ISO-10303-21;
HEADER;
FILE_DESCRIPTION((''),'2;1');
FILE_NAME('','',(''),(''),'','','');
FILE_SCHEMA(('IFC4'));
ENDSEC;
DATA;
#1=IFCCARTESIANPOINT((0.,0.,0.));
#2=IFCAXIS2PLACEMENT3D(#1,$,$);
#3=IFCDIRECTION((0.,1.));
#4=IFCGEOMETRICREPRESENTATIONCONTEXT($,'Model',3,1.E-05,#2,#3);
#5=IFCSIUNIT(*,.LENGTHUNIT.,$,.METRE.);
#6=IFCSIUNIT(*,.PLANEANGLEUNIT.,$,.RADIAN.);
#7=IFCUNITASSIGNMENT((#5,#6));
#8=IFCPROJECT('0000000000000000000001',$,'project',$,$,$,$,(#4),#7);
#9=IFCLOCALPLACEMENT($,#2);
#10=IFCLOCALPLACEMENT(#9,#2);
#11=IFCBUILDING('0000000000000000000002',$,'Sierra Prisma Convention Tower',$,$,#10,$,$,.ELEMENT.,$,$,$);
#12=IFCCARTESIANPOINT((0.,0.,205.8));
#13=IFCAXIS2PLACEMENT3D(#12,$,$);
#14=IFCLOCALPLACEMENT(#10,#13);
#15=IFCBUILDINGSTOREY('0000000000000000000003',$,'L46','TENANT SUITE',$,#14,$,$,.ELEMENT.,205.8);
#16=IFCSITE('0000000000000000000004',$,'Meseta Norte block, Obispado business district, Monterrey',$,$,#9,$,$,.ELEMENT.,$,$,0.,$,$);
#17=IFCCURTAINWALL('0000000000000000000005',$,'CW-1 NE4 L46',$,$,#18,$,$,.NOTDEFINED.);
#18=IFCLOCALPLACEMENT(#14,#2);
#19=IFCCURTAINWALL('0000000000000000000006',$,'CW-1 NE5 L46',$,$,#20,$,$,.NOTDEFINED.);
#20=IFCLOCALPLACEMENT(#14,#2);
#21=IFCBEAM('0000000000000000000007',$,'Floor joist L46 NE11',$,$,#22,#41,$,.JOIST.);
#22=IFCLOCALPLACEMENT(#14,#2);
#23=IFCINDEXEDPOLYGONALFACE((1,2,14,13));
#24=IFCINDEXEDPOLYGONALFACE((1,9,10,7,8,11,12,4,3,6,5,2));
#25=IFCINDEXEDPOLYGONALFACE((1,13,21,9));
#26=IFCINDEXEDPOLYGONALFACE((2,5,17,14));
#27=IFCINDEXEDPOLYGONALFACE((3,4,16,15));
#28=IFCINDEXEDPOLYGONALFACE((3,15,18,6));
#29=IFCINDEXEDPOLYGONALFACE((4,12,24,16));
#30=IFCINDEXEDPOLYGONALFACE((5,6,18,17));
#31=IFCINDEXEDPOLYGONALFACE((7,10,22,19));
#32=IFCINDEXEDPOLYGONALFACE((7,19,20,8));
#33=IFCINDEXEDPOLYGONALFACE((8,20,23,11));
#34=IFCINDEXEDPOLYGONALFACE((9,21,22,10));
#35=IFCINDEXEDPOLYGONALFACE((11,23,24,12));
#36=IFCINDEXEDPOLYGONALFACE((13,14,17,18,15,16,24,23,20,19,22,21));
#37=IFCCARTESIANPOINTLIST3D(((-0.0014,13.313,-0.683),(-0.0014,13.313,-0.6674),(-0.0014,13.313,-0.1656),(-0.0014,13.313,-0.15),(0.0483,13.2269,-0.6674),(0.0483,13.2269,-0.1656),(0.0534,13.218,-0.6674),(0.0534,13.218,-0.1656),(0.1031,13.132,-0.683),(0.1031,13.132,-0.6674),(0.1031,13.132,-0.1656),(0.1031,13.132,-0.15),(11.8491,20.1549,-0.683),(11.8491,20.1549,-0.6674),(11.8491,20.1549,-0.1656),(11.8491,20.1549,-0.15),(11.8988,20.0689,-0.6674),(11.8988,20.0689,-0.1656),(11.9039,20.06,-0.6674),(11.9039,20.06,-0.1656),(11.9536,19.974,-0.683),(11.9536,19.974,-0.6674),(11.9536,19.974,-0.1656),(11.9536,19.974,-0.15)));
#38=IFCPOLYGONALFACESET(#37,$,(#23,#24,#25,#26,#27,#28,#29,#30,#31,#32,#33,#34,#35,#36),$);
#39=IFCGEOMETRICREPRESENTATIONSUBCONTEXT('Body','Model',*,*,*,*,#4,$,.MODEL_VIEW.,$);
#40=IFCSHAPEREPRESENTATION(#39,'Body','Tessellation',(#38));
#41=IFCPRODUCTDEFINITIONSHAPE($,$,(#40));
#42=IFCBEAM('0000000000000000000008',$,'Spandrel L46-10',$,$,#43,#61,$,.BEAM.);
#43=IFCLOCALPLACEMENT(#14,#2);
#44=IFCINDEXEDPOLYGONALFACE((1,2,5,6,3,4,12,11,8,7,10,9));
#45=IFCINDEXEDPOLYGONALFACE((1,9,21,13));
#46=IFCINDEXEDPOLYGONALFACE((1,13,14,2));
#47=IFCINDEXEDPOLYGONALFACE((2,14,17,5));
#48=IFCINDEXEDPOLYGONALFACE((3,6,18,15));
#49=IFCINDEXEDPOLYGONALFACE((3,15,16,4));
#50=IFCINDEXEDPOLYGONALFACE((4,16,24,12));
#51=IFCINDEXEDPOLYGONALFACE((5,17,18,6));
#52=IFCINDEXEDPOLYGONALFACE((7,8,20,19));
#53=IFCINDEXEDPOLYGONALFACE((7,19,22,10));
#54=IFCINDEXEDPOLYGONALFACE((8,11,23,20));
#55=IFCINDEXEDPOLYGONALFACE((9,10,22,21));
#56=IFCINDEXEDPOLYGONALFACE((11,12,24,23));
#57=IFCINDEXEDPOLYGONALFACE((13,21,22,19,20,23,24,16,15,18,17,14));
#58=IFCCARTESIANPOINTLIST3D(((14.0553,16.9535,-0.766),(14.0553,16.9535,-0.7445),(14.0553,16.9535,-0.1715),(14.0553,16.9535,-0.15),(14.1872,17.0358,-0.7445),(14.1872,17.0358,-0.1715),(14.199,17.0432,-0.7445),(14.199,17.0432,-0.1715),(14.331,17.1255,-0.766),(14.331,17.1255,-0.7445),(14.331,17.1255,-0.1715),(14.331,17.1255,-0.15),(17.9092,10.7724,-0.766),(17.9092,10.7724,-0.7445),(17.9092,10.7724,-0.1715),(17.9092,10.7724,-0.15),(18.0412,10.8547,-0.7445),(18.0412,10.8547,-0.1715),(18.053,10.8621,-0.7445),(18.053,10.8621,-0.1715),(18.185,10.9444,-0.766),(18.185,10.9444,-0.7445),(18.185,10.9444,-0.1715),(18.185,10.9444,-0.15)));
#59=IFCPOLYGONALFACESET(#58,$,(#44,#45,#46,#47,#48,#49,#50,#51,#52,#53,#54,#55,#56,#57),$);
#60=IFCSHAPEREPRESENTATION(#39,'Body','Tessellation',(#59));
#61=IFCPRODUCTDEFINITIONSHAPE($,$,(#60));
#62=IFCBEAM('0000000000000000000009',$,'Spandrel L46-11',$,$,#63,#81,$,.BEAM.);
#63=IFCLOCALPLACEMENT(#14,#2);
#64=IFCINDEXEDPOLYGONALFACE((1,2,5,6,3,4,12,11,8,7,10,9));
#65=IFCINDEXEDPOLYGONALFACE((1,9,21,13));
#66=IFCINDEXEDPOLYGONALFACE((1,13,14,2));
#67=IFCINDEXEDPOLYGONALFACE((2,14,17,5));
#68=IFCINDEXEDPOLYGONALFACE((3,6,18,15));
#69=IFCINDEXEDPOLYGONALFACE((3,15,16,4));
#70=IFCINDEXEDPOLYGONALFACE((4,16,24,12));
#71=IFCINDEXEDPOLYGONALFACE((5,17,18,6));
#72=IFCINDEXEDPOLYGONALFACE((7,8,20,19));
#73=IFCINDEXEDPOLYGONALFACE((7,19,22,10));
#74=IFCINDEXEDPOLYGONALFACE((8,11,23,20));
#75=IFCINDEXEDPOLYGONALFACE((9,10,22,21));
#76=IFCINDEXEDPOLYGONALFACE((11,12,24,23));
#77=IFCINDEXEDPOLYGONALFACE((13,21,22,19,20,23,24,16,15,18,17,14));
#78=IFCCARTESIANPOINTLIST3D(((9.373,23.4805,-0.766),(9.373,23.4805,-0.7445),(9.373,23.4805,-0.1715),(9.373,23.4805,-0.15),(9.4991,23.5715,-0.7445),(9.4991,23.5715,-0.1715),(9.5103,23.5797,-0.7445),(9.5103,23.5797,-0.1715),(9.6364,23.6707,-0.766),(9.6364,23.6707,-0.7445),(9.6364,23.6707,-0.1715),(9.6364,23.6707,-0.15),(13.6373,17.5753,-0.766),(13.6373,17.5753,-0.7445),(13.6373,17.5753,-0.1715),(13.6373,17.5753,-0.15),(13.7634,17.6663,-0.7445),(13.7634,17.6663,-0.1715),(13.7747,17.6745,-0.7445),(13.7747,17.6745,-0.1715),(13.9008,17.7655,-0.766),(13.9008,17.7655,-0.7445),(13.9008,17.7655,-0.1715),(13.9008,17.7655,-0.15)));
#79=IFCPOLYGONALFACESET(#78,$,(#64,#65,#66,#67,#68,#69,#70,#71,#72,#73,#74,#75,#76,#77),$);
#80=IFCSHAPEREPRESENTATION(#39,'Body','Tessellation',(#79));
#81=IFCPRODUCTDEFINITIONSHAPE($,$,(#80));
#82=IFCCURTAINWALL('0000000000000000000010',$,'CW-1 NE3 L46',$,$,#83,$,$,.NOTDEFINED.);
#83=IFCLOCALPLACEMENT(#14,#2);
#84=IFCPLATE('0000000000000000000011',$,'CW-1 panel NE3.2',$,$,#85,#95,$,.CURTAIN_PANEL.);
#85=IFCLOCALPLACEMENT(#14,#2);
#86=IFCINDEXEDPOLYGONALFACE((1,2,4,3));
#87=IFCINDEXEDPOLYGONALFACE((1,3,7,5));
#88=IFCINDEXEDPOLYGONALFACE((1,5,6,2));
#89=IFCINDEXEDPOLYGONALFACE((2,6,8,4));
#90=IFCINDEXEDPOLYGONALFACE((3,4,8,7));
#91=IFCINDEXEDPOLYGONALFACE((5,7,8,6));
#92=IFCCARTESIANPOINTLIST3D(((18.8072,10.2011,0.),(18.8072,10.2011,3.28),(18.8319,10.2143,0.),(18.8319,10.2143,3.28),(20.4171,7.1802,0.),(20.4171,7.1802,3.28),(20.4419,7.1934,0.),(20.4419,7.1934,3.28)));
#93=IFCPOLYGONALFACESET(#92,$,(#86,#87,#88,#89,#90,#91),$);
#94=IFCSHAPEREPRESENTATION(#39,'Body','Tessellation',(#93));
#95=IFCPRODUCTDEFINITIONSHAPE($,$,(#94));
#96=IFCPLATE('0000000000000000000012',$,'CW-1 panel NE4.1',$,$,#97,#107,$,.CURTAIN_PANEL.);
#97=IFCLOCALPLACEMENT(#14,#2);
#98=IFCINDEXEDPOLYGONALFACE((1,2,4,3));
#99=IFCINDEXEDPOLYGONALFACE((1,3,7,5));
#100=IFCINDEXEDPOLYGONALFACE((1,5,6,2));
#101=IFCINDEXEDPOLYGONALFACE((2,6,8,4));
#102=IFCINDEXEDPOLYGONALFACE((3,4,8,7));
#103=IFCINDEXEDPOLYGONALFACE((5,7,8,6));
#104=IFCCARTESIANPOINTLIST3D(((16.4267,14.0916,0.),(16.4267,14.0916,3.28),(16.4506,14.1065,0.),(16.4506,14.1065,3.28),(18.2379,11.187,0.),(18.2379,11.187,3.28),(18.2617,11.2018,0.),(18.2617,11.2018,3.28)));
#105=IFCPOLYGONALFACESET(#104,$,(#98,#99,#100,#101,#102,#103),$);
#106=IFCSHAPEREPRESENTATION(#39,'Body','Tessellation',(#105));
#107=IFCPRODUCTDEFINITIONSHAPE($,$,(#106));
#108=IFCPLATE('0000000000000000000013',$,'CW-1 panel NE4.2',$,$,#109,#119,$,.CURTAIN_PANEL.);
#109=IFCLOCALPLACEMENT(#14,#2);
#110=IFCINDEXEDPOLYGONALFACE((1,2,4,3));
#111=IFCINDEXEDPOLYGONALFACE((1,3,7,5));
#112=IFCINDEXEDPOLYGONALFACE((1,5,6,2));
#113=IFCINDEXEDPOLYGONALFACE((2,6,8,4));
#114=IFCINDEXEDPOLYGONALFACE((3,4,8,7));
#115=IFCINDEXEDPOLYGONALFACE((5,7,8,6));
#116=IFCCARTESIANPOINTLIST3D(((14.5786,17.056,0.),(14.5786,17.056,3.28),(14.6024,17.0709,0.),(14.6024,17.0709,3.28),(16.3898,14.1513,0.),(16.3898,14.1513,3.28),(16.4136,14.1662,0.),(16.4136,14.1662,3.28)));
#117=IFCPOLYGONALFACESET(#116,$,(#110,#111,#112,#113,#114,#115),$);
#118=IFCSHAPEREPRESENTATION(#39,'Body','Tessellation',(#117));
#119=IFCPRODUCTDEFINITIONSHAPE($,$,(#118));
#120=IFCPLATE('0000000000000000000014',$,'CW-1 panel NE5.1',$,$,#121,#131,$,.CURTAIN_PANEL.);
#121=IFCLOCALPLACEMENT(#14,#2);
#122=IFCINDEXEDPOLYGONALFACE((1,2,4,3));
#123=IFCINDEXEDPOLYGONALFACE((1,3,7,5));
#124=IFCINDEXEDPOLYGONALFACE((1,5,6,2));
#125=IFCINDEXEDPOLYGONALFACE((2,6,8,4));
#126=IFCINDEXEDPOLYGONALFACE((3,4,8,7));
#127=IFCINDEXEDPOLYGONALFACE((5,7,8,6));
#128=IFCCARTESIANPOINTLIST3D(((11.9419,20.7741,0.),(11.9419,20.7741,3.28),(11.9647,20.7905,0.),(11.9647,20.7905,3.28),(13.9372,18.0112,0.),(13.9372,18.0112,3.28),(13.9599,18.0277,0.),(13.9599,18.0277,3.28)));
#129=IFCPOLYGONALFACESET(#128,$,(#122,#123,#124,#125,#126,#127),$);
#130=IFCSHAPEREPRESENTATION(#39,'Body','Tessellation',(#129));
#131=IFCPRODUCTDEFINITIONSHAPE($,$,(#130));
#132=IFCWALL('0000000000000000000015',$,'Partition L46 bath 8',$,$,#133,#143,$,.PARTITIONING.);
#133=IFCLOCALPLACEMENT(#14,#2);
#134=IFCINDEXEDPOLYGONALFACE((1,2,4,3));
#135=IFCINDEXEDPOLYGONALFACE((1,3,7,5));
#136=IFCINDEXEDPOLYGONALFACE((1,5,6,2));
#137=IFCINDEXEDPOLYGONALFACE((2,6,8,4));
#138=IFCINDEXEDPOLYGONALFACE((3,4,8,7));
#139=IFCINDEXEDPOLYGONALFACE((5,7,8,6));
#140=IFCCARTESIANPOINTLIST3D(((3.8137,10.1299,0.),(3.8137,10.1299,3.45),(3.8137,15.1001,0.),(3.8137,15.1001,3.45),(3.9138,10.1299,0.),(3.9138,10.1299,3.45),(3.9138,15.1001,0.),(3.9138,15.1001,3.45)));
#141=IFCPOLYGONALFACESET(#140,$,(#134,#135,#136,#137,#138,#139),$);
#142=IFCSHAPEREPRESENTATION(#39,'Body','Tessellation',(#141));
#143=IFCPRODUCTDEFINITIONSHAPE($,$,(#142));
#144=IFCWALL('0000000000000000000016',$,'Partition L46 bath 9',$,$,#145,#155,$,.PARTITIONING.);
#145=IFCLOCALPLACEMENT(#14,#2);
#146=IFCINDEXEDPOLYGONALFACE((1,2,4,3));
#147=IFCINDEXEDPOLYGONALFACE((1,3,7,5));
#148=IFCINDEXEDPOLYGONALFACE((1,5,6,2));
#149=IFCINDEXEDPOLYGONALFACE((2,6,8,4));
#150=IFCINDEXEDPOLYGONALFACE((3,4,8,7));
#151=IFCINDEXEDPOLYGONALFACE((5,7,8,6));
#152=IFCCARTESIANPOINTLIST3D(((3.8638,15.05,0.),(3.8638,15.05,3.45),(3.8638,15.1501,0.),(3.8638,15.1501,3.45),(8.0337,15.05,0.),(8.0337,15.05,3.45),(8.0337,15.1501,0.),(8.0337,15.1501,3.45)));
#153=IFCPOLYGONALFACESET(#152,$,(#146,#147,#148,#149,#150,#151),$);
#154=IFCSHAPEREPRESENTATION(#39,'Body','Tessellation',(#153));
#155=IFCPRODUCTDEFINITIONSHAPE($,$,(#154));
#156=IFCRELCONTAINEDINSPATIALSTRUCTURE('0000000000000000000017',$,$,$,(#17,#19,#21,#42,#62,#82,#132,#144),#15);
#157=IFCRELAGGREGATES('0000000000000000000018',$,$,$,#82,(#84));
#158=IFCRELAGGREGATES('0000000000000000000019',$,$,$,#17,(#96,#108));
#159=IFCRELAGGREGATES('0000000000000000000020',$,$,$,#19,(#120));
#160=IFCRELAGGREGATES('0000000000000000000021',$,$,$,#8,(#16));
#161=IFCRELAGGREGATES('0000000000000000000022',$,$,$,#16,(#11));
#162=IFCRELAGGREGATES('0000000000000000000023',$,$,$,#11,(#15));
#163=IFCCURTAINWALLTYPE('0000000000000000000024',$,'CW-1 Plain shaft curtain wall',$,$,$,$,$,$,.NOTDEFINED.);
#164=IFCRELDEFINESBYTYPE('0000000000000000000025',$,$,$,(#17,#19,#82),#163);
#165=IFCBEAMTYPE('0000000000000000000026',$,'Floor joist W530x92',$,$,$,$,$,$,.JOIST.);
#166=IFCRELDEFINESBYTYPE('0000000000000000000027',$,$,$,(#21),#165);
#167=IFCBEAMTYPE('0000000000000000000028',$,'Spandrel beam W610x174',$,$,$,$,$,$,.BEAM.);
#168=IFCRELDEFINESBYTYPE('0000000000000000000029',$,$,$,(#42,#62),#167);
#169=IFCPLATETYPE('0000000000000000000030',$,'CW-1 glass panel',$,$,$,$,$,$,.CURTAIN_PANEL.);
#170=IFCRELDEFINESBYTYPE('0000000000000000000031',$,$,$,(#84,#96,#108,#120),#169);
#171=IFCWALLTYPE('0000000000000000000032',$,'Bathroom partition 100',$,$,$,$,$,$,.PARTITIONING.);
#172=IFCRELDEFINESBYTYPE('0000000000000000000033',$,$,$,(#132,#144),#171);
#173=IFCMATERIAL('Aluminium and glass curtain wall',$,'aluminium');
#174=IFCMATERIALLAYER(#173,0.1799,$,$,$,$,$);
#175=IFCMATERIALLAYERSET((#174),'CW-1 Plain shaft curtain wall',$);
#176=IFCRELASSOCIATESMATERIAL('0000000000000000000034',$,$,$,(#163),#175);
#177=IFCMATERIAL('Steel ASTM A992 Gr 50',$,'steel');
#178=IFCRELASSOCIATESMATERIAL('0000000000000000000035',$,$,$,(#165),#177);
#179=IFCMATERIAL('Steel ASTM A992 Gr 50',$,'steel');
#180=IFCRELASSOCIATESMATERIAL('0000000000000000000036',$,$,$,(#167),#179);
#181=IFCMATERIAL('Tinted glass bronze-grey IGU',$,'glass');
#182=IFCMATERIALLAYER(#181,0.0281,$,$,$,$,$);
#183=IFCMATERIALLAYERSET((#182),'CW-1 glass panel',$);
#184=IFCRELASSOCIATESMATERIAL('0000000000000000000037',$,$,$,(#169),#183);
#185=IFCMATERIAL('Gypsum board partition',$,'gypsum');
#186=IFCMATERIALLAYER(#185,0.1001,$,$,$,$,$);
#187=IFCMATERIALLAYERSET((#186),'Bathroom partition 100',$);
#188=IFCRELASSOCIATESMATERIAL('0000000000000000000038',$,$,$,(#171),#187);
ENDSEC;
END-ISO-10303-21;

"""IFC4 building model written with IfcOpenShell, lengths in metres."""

from ifc_helpers import new_model, si_unit, direction, frame, frame_2d, origin, origin_2d, place, context, subcontext, project, spatial, rectangle, i_section, extrude, material, layer, layer_set, material_profile, profile_set, type_object, element, aggregate, save


model = new_model("IFC4")

# Units and contexts
model_context = context("Model", 3, precision=1e-05, world=origin(), true_north=direction((0.0, 1.0)))
body_context = subcontext(model_context, "Body", "Model", "MODEL_VIEW")
ifc_project = project(units=[si_unit("LENGTHUNIT", "METRE"), si_unit("PLANEANGLEUNIT", "RADIAN")], contexts=[model_context])

# Site, building, storey
site_placement = place(None, origin())
site = spatial("IfcSite", under=ifc_project, at=site_placement, Name="Meseta Norte block, Obispado business district, Monterrey", CompositionType="ELEMENT", RefElevation=0.0)
building_placement = place(site_placement, origin())
building = spatial("IfcBuilding", under=site, at=building_placement, Name="Sierra Prisma Convention Tower", CompositionType="ELEMENT")
storey_placement = place(building_placement, frame((0.0, 0.0, 205.8)))
storey = spatial("IfcBuildingStorey", under=building, at=storey_placement, Name="L46", Description="TENANT SUITE", CompositionType="ELEMENT", Elevation=205.8)

# Curtain wall
ifc_material_1 = material(Name="Aluminium and glass curtain wall", Category="aluminium")
ifc_layer_1 = layer(ifc_material_1, 0.1799)
ifc_layer_set_1 = layer_set([ifc_layer_1], Name="CW-1 Plain shaft curtain wall")
curtain_wall_type = type_object("IfcCurtainWallType", Name="CW-1 Plain shaft curtain wall", PredefinedType="NOTDEFINED", material=ifc_layer_set_1)
curtain_wall_1_placement = place(storey_placement, origin())
curtain_wall_1 = element("IfcCurtainWall", 1, at=curtain_wall_1_placement, inside=storey, type_object=curtain_wall_type, Name="CW-1 NE4 L46", PredefinedType="NOTDEFINED")

# Curtain wall
curtain_wall_2_placement = place(storey_placement, origin())
curtain_wall_2 = element("IfcCurtainWall", 2, at=curtain_wall_2_placement, inside=storey, type_object=curtain_wall_type, Name="CW-1 NE5 L46", PredefinedType="NOTDEFINED")

# Beams
ifc_material_2 = material(Name="Steel ASTM A992 Gr 50", Category="steel")
ifc_material_profile_1 = material_profile(ifc_material_2, i_section(OverallWidth=0.209, OverallDepth=0.533, WebThickness=0.0103, FlangeThickness=0.0156, at=origin_2d()), Name="W530x92")
ifc_profile_set_1 = profile_set([ifc_material_profile_1], Name="Steel ASTM A992 Gr 50")
beam_type_1 = type_object("IfcBeamType", Name="Floor joist W530x92", PredefinedType="JOIST", material=ifc_profile_set_1)
beam_1_placement = place(storey_placement, frame((11.9014, 20.0645, -0.4165), z_axis=(-0.866022, -0.500006, 0.0), x_axis=(0.500006, -0.866022, 0.0)))
element("IfcBeam", 3, at=beam_1_placement, inside=storey, type_object=beam_type_1, Name="Floor joist L46 NE11", PredefinedType="JOIST", context=body_context, shape_type="SweptSolid", body=[
    extrude(i_section(OverallWidth=0.209, OverallDepth=0.533, WebThickness=0.0103, FlangeThickness=0.0156, at=origin_2d()), origin(), (0.0, 0.0, 1.0), 13.6838),
])
ifc_material_3 = material(Name="Steel ASTM A992 Gr 50", Category="steel")
ifc_material_profile_2 = material_profile(ifc_material_3, i_section(OverallWidth=0.325, OverallDepth=0.616, WebThickness=0.0139, FlangeThickness=0.0215, at=origin_2d()), Name="W610x174")
ifc_profile_set_2 = profile_set([ifc_material_profile_2], Name="Steel ASTM A992 Gr 50")
beam_type_2 = type_object("IfcBeamType", Name="Spandrel beam W610x174", PredefinedType="BEAM", material=ifc_profile_set_2)
beam_2_placement = place(storey_placement, frame((18.0471, 10.8584, -0.458), z_axis=(-0.529089, 0.848566, 0.0), x_axis=(-0.848566, -0.529089, 0.0)))
element("IfcBeam", 4, at=beam_2_placement, inside=storey, type_object=beam_type_2, Name="Spandrel L46-10", PredefinedType="BEAM", context=body_context, shape_type="SweptSolid", body=[
    extrude(i_section(OverallWidth=0.325, OverallDepth=0.616, WebThickness=0.0139, FlangeThickness=0.0215, at=origin_2d()), origin(), (0.0, 0.0, 1.0), 7.2842),
])
beam_3_placement = place(storey_placement, frame((13.769, 17.6704, -0.458), z_axis=(-0.585444, 0.810713, 0.0), x_axis=(-0.810713, -0.585444, 0.0)))
element("IfcBeam", 5, at=beam_3_placement, inside=storey, type_object=beam_type_2, Name="Spandrel L46-11", PredefinedType="BEAM", context=body_context, shape_type="SweptSolid", body=[
    extrude(i_section(OverallWidth=0.325, OverallDepth=0.616, WebThickness=0.0139, FlangeThickness=0.0215, at=origin_2d()), origin(), (0.0, 0.0, 1.0), 7.2839),
])

# Curtain wall, plate
curtain_wall_3_placement = place(storey_placement, origin())
curtain_wall_3 = element("IfcCurtainWall", 6, at=curtain_wall_3_placement, inside=storey, type_object=curtain_wall_type, Name="CW-1 NE3 L46", PredefinedType="NOTDEFINED")
ifc_material_4 = material(Name="Tinted glass bronze-grey IGU", Category="glass")
ifc_layer_2 = layer(ifc_material_4, 0.0281)
ifc_layer_set_2 = layer_set([ifc_layer_2], Name="CW-1 glass panel")
plate_type = type_object("IfcPlateType", Name="CW-1 glass panel", PredefinedType="CURTAIN_PANEL", material=ifc_layer_set_2)
plate_1_placement = place(storey_placement, frame((19.6245, 8.6973, 0.0), z_axis=(0.0, 0.0, 1.0), x_axis=(-0.470316, 0.882498, 0.0)))
plate_1 = element("IfcPlate", 7, at=plate_1_placement, type_object=plate_type, Name="CW-1 panel NE3.2", PredefinedType="CURTAIN_PANEL", context=body_context, shape_type="SweptSolid", body=[
    extrude(rectangle(XDim=3.4231, YDim=0.0281, at=origin_2d()), origin(), (0.0, 0.0, 1.0), 3.28),
])
aggregate(curtain_wall_3, [plate_1])

# Plates
plate_2_placement = place(storey_placement, frame((17.3442, 12.6467, 0.0), z_axis=(0.0, 0.0, 1.0), x_axis=(-0.529107, 0.848555, 0.0)))
plate_2 = element("IfcPlate", 8, at=plate_2_placement, type_object=plate_type, Name="CW-1 panel NE4.1", PredefinedType="CURTAIN_PANEL", context=body_context, shape_type="SweptSolid", body=[
    extrude(rectangle(XDim=3.4231, YDim=0.0281, at=origin_2d()), origin(), (0.0, 0.0, 1.0), 3.28),
])
plate_3_placement = place(storey_placement, frame((15.4961, 15.6111, 0.0), z_axis=(0.0, 0.0, 1.0), x_axis=(-0.529107, 0.848555, 0.0)))
plate_3 = element("IfcPlate", 9, at=plate_3_placement, type_object=plate_type, Name="CW-1 panel NE4.2", PredefinedType="CURTAIN_PANEL", context=body_context, shape_type="SweptSolid", body=[
    extrude(rectangle(XDim=3.4231, YDim=0.0281, at=origin_2d()), origin(), (0.0, 0.0, 1.0), 3.28),
])
aggregate(curtain_wall_1, [plate_2, plate_3])
plate_4_placement = place(storey_placement, frame((12.9509, 19.4009, 0.0), z_axis=(0.0, 0.0, 1.0), x_axis=(-0.58546, 0.810701, 0.0)))
plate_4 = element("IfcPlate", 10, at=plate_4_placement, type_object=plate_type, Name="CW-1 panel NE5.1", PredefinedType="CURTAIN_PANEL", context=body_context, shape_type="SweptSolid", body=[
    extrude(rectangle(XDim=3.408, YDim=0.0281, at=origin_2d()), origin(), (0.0, 0.0, 1.0), 3.28),
])
aggregate(curtain_wall_2, [plate_4])

# Walls
ifc_material_5 = material(Name="Gypsum board partition", Category="gypsum")
ifc_layer_3 = layer(ifc_material_5, 0.1001)
ifc_layer_set_3 = layer_set([ifc_layer_3], Name="Bathroom partition 100")
wall_type_1 = type_object("IfcWallType", Name="Bathroom partition 100", PredefinedType="PARTITIONING", material=ifc_layer_set_3)
wall_1_placement = place(storey_placement, frame((3.8638, 10.1299, 0.0), z_axis=(0.0, 0.0, 1.0), x_axis=(0.0, 1.0, 0.0)))
element("IfcWall", 11, at=wall_1_placement, inside=storey, type_object=wall_type_1, Name="Partition L46 bath 8", PredefinedType="PARTITIONING", context=body_context, shape_type="SweptSolid", body=[
    extrude(rectangle(XDim=4.9702, YDim=0.1001, at=frame_2d((2.4851, 0.0))), origin(), (0.0, 0.0, 1.0), 3.45),
])
wall_2_placement = place(storey_placement, frame((3.8638, 15.1001, 0.0), z_axis=(0.0, 0.0, 1.0), x_axis=(1.0, 0.0, 0.0)))
element("IfcWall", 12, at=wall_2_placement, inside=storey, type_object=wall_type_1, Name="Partition L46 bath 9", PredefinedType="PARTITIONING", context=body_context, shape_type="SweptSolid", body=[
    extrude(rectangle(XDim=4.1699, YDim=0.1001, at=frame_2d((2.085, 0.0))), origin(), (0.0, 0.0, 1.0), 3.45),
])

save(model, "model.ifc")
